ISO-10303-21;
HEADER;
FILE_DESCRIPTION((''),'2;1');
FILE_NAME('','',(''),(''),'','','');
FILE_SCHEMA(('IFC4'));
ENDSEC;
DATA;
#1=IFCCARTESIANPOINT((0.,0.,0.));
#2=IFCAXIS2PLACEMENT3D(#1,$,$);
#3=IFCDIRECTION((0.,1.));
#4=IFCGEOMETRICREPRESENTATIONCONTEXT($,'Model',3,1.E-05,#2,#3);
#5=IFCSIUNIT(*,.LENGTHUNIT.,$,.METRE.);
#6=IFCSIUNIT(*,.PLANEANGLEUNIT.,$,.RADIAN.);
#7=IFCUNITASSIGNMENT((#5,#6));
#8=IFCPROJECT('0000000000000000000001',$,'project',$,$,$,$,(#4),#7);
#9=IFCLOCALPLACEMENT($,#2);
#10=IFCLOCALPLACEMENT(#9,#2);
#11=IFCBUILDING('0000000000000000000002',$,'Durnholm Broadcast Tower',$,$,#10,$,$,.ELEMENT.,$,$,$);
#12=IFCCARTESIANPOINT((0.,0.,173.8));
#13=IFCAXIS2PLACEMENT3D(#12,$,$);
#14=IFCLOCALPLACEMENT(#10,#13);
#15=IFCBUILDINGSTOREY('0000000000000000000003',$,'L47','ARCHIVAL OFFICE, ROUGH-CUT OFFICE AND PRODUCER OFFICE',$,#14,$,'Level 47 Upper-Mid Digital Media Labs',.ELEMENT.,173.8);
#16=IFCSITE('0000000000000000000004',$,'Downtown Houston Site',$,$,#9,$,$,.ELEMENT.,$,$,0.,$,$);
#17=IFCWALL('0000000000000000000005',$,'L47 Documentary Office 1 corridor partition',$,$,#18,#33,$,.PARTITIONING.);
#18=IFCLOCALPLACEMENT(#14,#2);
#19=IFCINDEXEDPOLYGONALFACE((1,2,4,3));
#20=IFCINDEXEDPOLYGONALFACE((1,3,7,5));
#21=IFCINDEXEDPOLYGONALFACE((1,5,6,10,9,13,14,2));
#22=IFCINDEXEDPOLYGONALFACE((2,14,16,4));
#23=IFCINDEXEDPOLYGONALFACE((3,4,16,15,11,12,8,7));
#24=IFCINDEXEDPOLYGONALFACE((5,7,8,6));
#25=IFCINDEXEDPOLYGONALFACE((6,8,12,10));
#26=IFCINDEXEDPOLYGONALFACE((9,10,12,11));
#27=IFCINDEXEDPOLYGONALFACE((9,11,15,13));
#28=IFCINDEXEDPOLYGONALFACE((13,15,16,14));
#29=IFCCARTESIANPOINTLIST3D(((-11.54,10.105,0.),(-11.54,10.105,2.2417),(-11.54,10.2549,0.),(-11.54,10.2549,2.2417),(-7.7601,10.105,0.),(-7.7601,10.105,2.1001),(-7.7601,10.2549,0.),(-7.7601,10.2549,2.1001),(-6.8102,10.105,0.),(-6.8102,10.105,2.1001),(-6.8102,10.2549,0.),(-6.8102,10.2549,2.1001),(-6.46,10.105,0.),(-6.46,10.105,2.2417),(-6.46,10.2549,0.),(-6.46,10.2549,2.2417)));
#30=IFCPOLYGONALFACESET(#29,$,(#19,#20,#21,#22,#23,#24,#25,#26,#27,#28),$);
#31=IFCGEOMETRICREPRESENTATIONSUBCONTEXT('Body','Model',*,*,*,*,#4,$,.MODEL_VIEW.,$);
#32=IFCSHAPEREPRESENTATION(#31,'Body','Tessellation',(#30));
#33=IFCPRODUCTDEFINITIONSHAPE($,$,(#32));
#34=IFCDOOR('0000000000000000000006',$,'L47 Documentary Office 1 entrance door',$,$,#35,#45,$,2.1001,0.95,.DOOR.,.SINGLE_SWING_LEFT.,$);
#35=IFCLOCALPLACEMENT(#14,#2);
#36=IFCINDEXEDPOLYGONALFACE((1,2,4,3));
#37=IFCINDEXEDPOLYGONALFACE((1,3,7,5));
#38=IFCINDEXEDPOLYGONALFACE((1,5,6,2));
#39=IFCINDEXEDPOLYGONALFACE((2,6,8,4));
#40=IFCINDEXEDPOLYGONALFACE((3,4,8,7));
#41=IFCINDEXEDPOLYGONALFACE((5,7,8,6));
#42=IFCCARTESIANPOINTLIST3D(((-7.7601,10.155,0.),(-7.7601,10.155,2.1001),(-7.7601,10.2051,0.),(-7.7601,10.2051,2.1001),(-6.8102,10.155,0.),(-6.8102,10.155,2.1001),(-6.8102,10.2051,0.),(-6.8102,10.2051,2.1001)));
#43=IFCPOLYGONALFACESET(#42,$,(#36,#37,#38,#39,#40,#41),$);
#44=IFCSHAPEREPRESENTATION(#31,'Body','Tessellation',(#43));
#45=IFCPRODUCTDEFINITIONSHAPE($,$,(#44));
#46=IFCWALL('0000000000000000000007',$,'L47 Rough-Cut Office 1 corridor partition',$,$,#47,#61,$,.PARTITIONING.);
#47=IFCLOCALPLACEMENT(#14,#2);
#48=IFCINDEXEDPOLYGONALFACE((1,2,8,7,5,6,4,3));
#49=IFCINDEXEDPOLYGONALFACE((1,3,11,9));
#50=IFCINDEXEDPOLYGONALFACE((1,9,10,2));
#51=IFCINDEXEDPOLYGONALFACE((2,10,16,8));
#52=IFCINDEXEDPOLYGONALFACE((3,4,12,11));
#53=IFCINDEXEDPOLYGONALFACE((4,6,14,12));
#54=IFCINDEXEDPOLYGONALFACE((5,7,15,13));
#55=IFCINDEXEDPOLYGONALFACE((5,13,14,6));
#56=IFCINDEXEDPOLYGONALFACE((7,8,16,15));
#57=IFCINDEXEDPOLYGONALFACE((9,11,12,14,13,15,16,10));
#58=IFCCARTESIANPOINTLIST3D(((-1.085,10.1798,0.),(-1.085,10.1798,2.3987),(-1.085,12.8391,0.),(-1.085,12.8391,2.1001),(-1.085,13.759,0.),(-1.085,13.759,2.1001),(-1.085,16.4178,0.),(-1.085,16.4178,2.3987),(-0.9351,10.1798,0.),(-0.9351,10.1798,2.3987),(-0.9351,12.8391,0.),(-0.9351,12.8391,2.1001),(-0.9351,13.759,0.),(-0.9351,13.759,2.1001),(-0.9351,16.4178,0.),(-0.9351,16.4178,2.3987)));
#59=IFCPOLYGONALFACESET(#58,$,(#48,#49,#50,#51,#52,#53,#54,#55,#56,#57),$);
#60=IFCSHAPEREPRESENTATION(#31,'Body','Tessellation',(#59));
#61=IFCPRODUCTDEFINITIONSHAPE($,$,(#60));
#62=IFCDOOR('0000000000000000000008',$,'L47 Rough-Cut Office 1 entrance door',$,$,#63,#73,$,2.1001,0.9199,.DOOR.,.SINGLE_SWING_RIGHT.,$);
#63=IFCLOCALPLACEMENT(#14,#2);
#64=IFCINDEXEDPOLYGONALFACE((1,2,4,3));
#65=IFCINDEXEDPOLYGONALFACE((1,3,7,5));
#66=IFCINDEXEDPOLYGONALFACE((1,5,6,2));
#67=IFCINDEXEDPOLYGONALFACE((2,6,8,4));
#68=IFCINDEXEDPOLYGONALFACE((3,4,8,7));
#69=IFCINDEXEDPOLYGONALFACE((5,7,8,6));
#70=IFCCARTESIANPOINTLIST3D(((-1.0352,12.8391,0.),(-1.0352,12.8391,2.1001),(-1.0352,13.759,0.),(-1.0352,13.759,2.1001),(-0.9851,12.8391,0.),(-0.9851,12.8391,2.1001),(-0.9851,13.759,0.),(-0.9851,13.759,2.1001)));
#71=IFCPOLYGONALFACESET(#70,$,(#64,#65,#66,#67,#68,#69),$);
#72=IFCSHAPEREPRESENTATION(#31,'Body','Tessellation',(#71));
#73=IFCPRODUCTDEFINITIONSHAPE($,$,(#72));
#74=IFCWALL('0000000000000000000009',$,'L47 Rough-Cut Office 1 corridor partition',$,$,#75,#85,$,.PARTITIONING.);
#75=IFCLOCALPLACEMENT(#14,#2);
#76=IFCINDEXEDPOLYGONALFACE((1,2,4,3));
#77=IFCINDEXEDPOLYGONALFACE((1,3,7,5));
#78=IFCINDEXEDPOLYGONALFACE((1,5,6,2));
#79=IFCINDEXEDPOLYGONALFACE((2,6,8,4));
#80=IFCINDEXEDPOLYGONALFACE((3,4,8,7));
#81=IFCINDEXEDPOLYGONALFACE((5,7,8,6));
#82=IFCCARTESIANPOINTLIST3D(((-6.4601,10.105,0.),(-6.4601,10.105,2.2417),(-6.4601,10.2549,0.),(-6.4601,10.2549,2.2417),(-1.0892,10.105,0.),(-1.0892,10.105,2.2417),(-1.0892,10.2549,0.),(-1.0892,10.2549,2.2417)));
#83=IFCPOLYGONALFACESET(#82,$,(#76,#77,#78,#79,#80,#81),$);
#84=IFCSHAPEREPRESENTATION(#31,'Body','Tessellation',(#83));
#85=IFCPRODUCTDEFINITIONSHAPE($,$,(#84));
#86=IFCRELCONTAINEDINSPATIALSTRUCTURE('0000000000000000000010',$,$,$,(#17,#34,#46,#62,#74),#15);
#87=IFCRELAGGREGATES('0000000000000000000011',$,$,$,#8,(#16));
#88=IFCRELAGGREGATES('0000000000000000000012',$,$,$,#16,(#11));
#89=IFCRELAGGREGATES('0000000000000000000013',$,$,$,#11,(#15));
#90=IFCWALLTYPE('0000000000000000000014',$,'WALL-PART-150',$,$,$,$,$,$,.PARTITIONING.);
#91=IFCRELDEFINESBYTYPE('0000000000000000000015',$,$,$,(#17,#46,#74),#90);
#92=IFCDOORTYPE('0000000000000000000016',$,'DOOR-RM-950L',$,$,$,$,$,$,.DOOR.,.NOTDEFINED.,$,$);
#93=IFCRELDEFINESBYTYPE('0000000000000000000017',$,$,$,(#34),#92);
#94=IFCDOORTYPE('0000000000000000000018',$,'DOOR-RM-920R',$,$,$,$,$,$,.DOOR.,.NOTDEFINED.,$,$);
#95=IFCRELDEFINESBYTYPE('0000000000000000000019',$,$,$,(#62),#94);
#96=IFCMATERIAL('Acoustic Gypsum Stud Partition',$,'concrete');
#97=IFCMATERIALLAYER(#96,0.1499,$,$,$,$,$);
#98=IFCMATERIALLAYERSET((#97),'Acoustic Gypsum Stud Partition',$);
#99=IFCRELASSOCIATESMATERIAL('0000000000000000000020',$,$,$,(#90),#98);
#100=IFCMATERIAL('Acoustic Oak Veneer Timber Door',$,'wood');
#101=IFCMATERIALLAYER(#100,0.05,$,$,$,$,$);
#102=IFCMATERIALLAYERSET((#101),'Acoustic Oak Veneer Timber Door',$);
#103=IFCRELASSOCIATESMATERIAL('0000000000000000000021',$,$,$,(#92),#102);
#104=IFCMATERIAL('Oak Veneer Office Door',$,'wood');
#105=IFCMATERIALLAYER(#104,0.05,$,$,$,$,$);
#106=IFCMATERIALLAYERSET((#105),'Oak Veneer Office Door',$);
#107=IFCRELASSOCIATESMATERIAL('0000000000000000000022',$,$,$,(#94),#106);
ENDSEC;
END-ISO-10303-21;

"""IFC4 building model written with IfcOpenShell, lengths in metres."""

from ifc_helpers import new_model, si_unit, direction, frame, frame_2d, origin, place, context, subcontext, project, spatial, rectangle, extrude, source, transform, mapped, material, layer, layer_set, type_object, type_shapes, element, fill, save


model = new_model("IFC4")

# Units and contexts
model_context = context("Model", 3, precision=1e-05, world=origin(), true_north=direction((0.0, 1.0)))
body_context = subcontext(model_context, "Body", "Model", "MODEL_VIEW")
ifc_project = project(units=[si_unit("LENGTHUNIT", "METRE"), si_unit("PLANEANGLEUNIT", "RADIAN")], contexts=[model_context])

# Site, building, storey
site_placement = place(None, origin())
site = spatial("IfcSite", under=ifc_project, at=site_placement, Name="Downtown Houston Site", CompositionType="ELEMENT", RefElevation=0.0)
building_placement = place(site_placement, origin())
building = spatial("IfcBuilding", under=site, at=building_placement, Name="Durnholm Broadcast Tower", CompositionType="ELEMENT")
storey_placement = place(building_placement, frame((0.0, 0.0, 173.8)))
storey = spatial("IfcBuildingStorey", under=building, at=storey_placement, Name="L47", Description="ARCHIVAL OFFICE, ROUGH-CUT OFFICE AND PRODUCER OFFICE", LongName="Level 47 Upper-Mid Digital Media Labs", CompositionType="ELEMENT", Elevation=173.8)

# Walls, openings, doors
ifc_material_1 = material(Name="Acoustic Gypsum Stud Partition", Category="concrete")
ifc_layer_1 = layer(ifc_material_1, 0.1499)
ifc_layer_set_1 = layer_set([ifc_layer_1], Name="Acoustic Gypsum Stud Partition")
wall_type_1 = type_object("IfcWallType", Name="WALL-PART-150", PredefinedType="PARTITIONING", material=ifc_layer_set_1)
wall_1_placement = place(storey_placement, frame((-6.46, 10.1799, 0.0), z_axis=(0.0, 0.0, 1.0), x_axis=(-1.0, 0.0, 0.0)))
wall_1 = element("IfcWall", 1, at=wall_1_placement, inside=storey, type_object=wall_type_1, Name="L47 Documentary Office 1 corridor partition", PredefinedType="PARTITIONING", context=body_context, shape_type="SweptSolid", body=[
    extrude(rectangle(XDim=5.0801, YDim=0.1499, at=frame_2d((2.54, 0.0))), origin(), (0.0, 0.0, 1.0), 2.2417),
])
opening_1_placement = place(wall_1_placement, frame((0.3501, 0.0, 0.0)))
opening_1 = element("IfcOpeningElement", 2, at=opening_1_placement, cuts=wall_1, PredefinedType="OPENING", context=body_context, shape_type="SweptSolid", body=[
    extrude(rectangle(XDim=0.95, YDim=2.1001, at=frame_2d((0.4751, 1.05))), frame((0.0, 0.085, 0.0), z_axis=(0.0, -1.0, 0.0), x_axis=(1.0, 0.0, 0.0)), (0.0, 0.0, 1.0), 0.1699),
])
ifc_material_2 = material(Name="Acoustic Oak Veneer Timber Door", Category="wood")
ifc_layer_2 = layer(ifc_material_2, 0.05)
ifc_layer_set_2 = layer_set([ifc_layer_2], Name="Acoustic Oak Veneer Timber Door")
door_type_1 = type_object("IfcDoorType", Name="DOOR-RM-950L", OperationType="NOTDEFINED", PredefinedType="DOOR", material=ifc_layer_set_2)
shared_shape_1 = source(origin(), body_context, "Body", "SweptSolid", [
    extrude(rectangle(XDim=0.95, YDim=2.1001, at=frame_2d((0.4751, 1.05))), frame((0.0, 0.0249, 0.0), z_axis=(0.0, -1.0, 0.0), x_axis=(1.0, 0.0, 0.0)), (0.0, 0.0, 1.0), 0.05),
])
type_shapes(door_type_1, [shared_shape_1])
door_1_placement = place(opening_1_placement, origin())
door_1 = element("IfcDoor", 3, at=door_1_placement, inside=storey, type_object=door_type_1, Name="L47 Documentary Office 1 entrance door", OperationType="SINGLE_SWING_LEFT", OverallHeight=2.1001, OverallWidth=0.95, PredefinedType="DOOR", context=body_context, shape_type="MappedRepresentation", body=[
    mapped(shared_shape_1, transform((0.0, 0.0, 0.0), x_axis=(1.0, 0.0, 0.0), y_axis=(0.0, 1.0, 0.0), z_axis=(0.0, 0.0, 1.0), scale=1.0)),
])
fill(opening_1, door_1)
wall_2_placement = place(storey_placement, frame((-1.01, 16.418, 0.0), z_axis=(0.0, 0.0, 1.0), x_axis=(0.0, -1.0, 0.0)))
wall_2 = element("IfcWall", 4, at=wall_2_placement, inside=storey, type_object=wall_type_1, Name="L47 Rough-Cut Office 1 corridor partition", PredefinedType="PARTITIONING", context=body_context, shape_type="SweptSolid", body=[
    extrude(rectangle(XDim=6.238, YDim=0.1499, at=frame_2d((3.1191, 0.0))), origin(), (0.0, 0.0, 1.0), 2.3987),
])
opening_2_placement = place(wall_2_placement, frame((2.6589, 0.0, 0.0)))
opening_2 = element("IfcOpeningElement", 5, at=opening_2_placement, cuts=wall_2, PredefinedType="OPENING", context=body_context, shape_type="SweptSolid", body=[
    extrude(rectangle(XDim=0.9199, YDim=2.1001, at=frame_2d((0.46, 1.05))), frame((0.0, 0.085, 0.0), z_axis=(0.0, -1.0, 0.0), x_axis=(1.0, 0.0, 0.0)), (0.0, 0.0, 1.0), 0.1699),
])
ifc_material_3 = material(Name="Oak Veneer Office Door", Category="wood")
ifc_layer_3 = layer(ifc_material_3, 0.05)
ifc_layer_set_3 = layer_set([ifc_layer_3], Name="Oak Veneer Office Door")
door_type_2 = type_object("IfcDoorType", Name="DOOR-RM-920R", OperationType="NOTDEFINED", PredefinedType="DOOR", material=ifc_layer_set_3)
shared_shape_2 = source(origin(), body_context, "Body", "SweptSolid", [
    extrude(rectangle(XDim=0.9199, YDim=2.1001, at=frame_2d((0.46, 1.05))), frame((0.0, 0.0249, 0.0), z_axis=(0.0, -1.0, 0.0), x_axis=(1.0, 0.0, 0.0)), (0.0, 0.0, 1.0), 0.05),
])
type_shapes(door_type_2, [shared_shape_2])
door_2_placement = place(opening_2_placement, origin())
door_2 = element("IfcDoor", 6, at=door_2_placement, inside=storey, type_object=door_type_2, Name="L47 Rough-Cut Office 1 entrance door", OperationType="SINGLE_SWING_RIGHT", OverallHeight=2.1001, OverallWidth=0.9199, PredefinedType="DOOR", context=body_context, shape_type="MappedRepresentation", body=[
    mapped(shared_shape_2, transform((0.0, 0.0, 0.0), x_axis=(1.0, 0.0, 0.0), y_axis=(0.0, 1.0, 0.0), z_axis=(0.0, 0.0, 1.0), scale=1.0)),
])
fill(opening_2, door_2)

# Wall
wall_3_placement = place(storey_placement, frame((-1.0891, 10.1799, 0.0), z_axis=(0.0, 0.0, 1.0), x_axis=(-1.0, 0.0, 0.0)))
element("IfcWall", 7, at=wall_3_placement, inside=storey, type_object=wall_type_1, Name="L47 Rough-Cut Office 1 corridor partition", PredefinedType="PARTITIONING", context=body_context, shape_type="SweptSolid", body=[
    extrude(rectangle(XDim=5.3708, YDim=0.1499, at=frame_2d((2.6855, 0.0))), origin(), (0.0, 0.0, 1.0), 2.2417),
])

save(model, "model.ifc")
